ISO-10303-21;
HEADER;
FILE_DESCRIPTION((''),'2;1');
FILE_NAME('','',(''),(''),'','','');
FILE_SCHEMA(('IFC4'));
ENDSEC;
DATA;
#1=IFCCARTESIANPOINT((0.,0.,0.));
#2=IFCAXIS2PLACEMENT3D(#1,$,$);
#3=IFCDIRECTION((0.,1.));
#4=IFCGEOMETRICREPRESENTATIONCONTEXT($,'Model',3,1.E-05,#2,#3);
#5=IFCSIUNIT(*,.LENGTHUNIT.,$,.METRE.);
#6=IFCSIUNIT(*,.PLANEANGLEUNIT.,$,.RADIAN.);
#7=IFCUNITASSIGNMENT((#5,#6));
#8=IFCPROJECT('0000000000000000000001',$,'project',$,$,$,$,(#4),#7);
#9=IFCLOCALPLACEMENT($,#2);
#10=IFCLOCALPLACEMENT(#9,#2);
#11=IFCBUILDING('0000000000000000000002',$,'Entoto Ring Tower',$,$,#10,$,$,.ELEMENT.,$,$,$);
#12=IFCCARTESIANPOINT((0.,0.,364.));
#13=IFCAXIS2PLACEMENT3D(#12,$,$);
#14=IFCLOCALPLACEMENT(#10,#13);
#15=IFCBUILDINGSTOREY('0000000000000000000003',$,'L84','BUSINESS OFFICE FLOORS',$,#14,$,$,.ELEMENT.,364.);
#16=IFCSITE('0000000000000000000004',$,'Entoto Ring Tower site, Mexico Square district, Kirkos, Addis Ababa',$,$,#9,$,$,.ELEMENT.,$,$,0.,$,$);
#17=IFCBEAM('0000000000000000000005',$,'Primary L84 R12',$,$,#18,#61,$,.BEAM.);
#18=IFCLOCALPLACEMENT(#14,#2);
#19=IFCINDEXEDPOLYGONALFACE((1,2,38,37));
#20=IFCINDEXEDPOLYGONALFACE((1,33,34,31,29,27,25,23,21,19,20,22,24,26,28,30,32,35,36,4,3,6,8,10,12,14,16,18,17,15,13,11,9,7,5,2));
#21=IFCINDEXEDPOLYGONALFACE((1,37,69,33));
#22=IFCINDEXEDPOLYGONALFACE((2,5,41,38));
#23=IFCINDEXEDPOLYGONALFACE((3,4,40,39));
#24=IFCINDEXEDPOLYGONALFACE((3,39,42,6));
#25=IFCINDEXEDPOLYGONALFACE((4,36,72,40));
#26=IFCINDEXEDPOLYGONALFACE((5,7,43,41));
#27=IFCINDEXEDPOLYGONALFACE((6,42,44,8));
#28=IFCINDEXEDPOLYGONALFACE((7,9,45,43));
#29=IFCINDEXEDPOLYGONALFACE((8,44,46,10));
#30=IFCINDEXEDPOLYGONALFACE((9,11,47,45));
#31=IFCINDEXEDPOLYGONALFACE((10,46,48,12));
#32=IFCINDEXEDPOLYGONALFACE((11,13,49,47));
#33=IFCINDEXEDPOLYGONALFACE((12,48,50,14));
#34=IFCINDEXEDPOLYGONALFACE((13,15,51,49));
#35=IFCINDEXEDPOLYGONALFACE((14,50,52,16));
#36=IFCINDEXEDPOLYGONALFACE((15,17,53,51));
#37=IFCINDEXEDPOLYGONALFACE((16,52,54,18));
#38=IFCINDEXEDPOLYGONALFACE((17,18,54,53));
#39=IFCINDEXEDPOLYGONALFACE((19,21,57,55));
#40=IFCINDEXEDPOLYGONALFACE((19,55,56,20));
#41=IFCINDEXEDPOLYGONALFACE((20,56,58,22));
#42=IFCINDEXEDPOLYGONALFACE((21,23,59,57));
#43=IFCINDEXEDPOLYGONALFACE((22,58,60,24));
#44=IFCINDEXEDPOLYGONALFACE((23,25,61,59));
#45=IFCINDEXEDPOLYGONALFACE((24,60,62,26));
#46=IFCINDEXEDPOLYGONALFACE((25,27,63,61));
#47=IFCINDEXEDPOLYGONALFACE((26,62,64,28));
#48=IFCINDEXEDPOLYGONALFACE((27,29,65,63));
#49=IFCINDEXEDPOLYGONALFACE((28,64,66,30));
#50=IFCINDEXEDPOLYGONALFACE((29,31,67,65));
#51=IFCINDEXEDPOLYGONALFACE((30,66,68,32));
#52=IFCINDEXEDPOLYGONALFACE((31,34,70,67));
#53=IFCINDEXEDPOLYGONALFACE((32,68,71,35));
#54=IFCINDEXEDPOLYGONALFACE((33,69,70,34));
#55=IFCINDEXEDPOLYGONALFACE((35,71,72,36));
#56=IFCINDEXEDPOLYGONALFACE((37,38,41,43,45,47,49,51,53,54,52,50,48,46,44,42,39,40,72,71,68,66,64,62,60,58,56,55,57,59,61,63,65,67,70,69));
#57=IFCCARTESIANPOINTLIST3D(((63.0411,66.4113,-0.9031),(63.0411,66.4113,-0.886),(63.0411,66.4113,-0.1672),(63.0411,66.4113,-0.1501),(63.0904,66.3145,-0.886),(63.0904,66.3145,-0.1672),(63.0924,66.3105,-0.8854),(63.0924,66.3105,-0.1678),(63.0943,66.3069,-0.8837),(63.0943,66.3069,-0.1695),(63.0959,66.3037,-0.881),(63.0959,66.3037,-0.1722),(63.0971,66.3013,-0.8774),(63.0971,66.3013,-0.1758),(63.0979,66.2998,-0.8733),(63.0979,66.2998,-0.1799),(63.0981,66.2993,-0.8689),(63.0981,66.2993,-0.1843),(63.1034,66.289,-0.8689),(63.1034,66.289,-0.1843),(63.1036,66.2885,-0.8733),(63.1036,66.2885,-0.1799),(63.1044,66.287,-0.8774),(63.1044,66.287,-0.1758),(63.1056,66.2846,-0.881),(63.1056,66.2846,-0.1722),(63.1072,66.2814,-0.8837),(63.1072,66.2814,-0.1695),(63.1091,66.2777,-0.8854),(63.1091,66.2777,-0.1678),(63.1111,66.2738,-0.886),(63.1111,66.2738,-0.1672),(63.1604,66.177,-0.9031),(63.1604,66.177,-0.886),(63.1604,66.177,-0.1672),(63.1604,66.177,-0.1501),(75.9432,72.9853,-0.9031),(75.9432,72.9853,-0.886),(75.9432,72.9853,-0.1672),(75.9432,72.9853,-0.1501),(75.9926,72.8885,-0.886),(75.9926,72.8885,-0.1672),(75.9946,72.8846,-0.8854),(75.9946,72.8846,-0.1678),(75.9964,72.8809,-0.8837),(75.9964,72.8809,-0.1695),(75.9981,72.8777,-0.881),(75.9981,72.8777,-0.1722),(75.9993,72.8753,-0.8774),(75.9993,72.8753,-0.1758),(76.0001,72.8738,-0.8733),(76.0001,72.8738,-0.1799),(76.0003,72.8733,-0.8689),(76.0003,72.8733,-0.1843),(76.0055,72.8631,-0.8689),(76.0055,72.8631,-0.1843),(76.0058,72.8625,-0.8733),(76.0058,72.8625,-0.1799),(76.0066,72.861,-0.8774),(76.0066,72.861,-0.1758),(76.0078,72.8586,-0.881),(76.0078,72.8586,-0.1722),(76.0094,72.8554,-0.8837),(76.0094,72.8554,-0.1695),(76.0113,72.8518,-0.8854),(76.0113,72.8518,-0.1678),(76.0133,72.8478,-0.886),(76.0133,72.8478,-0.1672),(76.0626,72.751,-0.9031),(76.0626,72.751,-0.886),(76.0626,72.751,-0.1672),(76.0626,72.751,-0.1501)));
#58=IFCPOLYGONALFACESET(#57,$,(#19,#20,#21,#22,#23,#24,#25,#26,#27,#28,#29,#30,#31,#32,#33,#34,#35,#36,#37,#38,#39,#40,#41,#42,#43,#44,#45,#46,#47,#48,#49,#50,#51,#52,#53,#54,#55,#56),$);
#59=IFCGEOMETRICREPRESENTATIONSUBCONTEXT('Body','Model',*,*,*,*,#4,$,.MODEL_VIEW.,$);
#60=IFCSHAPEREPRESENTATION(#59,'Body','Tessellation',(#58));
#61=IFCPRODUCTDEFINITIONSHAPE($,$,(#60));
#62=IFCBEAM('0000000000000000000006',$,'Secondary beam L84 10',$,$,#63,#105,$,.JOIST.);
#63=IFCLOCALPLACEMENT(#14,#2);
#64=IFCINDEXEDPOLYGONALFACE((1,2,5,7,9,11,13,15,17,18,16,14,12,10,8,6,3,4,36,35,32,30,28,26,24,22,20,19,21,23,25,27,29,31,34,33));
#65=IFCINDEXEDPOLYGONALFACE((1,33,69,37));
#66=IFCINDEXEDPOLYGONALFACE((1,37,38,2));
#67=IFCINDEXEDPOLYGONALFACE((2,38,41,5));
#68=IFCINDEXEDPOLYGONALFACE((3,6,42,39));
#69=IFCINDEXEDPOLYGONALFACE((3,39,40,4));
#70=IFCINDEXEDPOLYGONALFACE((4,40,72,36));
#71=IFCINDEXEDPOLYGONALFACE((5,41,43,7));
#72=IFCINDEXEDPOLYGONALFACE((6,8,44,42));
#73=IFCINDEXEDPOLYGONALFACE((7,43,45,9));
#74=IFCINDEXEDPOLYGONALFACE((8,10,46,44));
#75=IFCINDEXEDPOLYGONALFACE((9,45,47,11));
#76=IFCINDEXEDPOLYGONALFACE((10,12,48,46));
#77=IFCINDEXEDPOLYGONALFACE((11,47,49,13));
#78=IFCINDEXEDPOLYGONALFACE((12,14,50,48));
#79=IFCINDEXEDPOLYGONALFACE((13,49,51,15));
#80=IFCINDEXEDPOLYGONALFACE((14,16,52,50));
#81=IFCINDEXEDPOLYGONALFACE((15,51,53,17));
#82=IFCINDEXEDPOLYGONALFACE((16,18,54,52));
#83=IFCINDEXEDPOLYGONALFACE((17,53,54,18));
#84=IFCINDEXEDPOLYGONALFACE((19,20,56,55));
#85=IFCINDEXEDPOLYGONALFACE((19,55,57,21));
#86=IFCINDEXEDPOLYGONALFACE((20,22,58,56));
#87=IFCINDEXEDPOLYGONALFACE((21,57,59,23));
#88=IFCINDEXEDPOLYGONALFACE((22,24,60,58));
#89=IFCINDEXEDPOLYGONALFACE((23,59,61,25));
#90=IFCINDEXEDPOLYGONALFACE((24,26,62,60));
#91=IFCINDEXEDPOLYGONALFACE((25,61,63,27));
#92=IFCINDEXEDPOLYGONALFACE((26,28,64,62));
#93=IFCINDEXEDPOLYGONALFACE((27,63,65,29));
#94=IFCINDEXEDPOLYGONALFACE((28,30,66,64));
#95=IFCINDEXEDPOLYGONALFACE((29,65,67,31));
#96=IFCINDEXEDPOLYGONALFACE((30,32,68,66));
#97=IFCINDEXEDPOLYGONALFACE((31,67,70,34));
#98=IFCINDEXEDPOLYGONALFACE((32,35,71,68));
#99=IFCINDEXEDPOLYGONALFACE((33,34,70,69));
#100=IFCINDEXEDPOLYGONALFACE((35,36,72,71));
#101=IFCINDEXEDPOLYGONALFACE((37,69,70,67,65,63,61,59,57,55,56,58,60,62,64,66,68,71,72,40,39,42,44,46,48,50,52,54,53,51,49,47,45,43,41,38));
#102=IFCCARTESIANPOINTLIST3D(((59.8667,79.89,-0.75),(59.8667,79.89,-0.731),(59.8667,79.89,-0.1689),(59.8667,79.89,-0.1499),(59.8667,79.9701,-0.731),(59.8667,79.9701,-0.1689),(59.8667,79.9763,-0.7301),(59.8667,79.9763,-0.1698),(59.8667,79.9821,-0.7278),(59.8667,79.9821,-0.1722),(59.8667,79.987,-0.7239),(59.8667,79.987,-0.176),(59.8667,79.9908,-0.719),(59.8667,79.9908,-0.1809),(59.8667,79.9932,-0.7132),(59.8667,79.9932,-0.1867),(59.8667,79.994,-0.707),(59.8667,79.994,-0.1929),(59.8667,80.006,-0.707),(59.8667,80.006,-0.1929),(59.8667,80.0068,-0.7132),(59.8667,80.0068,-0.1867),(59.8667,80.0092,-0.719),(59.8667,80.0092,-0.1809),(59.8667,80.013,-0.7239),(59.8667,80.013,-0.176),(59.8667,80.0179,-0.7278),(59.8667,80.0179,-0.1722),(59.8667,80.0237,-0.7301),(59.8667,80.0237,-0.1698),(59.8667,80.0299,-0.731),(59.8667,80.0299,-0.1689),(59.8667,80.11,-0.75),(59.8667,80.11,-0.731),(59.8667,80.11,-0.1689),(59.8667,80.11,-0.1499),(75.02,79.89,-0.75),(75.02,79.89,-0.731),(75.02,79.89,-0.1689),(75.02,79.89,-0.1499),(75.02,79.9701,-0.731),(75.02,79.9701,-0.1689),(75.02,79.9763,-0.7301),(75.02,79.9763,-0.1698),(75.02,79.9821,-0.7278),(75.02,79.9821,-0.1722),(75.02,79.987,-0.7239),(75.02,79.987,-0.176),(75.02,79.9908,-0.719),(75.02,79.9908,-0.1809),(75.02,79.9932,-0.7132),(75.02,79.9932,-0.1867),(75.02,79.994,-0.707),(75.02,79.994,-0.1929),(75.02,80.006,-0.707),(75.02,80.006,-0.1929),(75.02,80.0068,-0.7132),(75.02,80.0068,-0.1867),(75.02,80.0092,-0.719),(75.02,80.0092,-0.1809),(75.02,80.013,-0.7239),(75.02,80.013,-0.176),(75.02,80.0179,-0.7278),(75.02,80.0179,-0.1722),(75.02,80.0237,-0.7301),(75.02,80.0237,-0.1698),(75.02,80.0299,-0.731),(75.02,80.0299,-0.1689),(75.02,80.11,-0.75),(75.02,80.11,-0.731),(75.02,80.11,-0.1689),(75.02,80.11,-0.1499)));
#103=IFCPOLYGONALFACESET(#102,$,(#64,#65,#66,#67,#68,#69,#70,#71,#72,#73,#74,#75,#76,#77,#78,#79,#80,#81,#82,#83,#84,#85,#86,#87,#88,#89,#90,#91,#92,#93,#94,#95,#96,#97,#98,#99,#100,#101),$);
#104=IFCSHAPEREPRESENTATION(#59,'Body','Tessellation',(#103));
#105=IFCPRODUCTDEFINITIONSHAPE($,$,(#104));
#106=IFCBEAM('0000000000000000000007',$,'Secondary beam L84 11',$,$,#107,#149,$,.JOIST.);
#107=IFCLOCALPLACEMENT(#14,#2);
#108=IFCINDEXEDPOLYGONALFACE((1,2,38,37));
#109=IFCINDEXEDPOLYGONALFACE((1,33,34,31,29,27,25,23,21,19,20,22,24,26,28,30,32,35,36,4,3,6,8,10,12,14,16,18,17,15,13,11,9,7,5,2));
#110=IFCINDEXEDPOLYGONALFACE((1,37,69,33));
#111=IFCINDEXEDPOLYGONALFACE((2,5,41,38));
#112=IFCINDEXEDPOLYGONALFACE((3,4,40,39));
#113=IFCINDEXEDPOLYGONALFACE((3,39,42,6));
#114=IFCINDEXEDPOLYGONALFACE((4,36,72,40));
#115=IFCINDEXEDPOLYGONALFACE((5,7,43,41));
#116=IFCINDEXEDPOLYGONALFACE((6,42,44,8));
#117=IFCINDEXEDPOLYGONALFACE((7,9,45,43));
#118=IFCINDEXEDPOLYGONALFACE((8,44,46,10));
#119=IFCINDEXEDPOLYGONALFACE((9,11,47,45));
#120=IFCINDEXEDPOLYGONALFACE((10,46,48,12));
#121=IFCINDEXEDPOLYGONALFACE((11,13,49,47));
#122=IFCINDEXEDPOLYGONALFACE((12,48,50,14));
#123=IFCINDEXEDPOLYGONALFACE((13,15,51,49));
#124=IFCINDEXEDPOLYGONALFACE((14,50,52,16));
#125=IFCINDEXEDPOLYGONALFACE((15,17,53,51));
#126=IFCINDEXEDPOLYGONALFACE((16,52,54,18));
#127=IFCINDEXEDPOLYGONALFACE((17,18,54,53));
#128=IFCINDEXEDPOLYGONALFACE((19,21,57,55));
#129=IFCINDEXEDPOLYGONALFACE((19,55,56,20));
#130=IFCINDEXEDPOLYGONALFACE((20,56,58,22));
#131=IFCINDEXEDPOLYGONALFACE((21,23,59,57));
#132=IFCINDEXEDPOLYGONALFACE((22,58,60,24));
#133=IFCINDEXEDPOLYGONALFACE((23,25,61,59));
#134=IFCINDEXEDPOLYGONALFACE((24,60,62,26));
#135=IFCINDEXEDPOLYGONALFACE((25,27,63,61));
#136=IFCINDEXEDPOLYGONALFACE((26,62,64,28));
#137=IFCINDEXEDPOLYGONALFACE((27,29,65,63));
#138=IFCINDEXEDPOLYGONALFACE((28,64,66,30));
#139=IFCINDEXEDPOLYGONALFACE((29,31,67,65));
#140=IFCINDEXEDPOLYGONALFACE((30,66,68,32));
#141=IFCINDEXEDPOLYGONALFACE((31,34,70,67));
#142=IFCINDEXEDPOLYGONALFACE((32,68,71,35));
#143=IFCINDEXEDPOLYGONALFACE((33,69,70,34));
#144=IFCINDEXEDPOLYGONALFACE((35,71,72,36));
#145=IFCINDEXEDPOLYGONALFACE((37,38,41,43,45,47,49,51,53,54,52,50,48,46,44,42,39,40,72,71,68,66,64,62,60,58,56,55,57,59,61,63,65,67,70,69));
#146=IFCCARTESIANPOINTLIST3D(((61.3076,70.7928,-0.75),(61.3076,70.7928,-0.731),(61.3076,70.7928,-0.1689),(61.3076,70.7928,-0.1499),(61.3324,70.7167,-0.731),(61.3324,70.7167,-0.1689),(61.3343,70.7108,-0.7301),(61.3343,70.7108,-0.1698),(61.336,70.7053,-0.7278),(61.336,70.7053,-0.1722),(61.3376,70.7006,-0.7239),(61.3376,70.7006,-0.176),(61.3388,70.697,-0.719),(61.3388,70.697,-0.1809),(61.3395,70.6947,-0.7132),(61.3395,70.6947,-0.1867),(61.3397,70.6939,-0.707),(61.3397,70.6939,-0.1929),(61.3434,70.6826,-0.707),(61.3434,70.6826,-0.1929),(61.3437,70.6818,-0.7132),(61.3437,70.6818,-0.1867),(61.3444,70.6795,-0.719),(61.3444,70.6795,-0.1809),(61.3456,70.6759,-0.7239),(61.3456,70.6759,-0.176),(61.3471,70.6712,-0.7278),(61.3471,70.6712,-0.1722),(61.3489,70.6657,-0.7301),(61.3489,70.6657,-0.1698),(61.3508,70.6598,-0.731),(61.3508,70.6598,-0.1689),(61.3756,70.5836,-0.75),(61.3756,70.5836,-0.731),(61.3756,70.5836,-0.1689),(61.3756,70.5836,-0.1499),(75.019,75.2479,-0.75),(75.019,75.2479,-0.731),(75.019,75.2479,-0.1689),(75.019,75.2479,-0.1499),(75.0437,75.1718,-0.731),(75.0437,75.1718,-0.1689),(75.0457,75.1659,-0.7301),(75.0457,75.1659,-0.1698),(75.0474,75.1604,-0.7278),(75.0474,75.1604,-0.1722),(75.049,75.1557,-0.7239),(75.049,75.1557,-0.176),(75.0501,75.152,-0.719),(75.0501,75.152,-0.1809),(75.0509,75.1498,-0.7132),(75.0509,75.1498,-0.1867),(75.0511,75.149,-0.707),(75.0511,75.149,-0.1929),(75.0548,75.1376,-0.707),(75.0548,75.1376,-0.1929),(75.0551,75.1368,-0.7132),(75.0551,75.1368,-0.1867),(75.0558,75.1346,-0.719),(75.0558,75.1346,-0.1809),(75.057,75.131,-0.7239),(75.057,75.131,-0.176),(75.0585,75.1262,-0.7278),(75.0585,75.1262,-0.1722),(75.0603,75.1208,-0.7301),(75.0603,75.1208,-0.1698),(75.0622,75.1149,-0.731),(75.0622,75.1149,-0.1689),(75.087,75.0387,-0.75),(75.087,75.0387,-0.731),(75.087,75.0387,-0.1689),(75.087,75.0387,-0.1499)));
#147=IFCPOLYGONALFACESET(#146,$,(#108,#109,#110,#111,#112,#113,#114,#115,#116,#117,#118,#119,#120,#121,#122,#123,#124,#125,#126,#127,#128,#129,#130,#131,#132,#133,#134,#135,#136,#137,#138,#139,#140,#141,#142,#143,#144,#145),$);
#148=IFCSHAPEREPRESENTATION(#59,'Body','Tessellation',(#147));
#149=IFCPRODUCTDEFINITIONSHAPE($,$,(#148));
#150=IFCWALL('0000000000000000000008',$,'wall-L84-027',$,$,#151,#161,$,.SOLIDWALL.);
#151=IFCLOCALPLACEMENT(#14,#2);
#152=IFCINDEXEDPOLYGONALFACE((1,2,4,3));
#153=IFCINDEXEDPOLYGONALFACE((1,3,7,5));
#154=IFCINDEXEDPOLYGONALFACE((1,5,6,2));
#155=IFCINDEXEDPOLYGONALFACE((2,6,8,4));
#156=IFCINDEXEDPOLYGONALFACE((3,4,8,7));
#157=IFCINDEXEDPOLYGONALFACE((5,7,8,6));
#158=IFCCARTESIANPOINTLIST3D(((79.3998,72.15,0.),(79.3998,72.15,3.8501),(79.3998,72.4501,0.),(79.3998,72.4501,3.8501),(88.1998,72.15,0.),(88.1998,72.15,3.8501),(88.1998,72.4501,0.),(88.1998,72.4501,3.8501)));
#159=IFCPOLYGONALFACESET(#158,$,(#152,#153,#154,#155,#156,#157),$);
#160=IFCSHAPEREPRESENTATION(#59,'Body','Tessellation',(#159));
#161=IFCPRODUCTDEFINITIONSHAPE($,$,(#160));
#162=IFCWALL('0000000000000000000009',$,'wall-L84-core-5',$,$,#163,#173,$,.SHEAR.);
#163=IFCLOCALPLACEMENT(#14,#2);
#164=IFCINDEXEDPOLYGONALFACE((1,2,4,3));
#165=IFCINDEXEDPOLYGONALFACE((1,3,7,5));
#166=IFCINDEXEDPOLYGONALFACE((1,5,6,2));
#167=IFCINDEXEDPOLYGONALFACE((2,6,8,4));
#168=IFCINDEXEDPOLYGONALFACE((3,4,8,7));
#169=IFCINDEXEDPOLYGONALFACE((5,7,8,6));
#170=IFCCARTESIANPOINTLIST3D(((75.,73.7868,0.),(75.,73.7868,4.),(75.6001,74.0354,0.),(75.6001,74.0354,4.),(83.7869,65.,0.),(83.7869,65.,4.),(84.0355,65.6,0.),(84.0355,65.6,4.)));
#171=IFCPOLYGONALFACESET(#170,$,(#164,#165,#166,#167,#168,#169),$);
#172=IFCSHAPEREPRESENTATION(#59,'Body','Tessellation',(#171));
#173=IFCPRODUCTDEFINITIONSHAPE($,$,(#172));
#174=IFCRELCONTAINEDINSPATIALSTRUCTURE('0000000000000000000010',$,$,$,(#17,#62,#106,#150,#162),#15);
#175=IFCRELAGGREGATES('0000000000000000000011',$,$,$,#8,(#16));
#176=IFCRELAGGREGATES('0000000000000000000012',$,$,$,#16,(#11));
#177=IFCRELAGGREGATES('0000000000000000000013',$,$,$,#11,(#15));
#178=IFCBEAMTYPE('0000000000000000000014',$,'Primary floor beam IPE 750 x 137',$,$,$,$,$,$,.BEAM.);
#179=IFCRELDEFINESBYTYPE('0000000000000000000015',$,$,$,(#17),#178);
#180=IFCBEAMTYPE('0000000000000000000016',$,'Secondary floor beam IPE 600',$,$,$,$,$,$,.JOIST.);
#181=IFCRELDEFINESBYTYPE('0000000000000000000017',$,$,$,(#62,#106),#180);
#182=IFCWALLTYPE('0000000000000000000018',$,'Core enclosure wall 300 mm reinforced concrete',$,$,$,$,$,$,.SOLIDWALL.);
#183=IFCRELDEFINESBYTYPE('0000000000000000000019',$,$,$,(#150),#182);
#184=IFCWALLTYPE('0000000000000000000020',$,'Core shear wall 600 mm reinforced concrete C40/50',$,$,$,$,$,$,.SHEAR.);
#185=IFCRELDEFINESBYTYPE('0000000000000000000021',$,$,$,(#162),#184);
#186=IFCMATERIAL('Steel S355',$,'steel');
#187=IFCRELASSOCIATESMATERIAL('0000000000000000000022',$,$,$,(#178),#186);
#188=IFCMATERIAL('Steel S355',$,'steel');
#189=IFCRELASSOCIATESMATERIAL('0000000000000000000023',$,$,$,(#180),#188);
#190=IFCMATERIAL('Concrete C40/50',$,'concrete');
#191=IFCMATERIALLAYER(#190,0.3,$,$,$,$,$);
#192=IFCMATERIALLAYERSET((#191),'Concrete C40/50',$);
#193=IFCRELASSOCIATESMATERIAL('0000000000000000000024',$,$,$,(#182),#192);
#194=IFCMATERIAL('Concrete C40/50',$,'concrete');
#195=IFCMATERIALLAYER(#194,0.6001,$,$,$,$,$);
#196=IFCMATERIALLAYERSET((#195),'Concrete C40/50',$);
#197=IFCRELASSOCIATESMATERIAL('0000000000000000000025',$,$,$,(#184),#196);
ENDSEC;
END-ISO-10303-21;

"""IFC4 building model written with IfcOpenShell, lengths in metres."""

from ifc_helpers import new_model, si_unit, direction, frame, frame_2d, origin, origin_2d, place, context, subcontext, project, spatial, polyline, rectangle, i_section, outline, extrude, material, layer, layer_set, material_profile, profile_set, type_object, element, save


model = new_model("IFC4")

# Units and contexts
model_context = context("Model", 3, precision=1e-05, world=origin(), true_north=direction((0.0, 1.0)))
body_context = subcontext(model_context, "Body", "Model", "MODEL_VIEW")
ifc_project = project(units=[si_unit("LENGTHUNIT", "METRE"), si_unit("PLANEANGLEUNIT", "RADIAN")], contexts=[model_context])

# Site, building, storey
site_placement = place(None, origin())
site = spatial("IfcSite", under=ifc_project, at=site_placement, Name="Entoto Ring Tower site, Mexico Square district, Kirkos, Addis Ababa", CompositionType="ELEMENT", RefElevation=0.0)
building_placement = place(site_placement, origin())
building = spatial("IfcBuilding", under=site, at=building_placement, Name="Entoto Ring Tower", CompositionType="ELEMENT")
storey_placement = place(building_placement, frame((0.0, 0.0, 364.0)))
storey = spatial("IfcBuildingStorey", under=building, at=storey_placement, Name="L84", Description="BUSINESS OFFICE FLOORS", CompositionType="ELEMENT", Elevation=364.0)

# Beams
ifc_material_1 = material(Name="Steel S355", Category="steel")
ifc_material_profile_1 = material_profile(ifc_material_1, i_section(OverallWidth=0.2629, OverallDepth=0.7529, WebThickness=0.0115, FlangeThickness=0.0171, FilletRadius=0.0171, at=origin_2d()), Name="IPE 750 x 137")
ifc_profile_set_1 = profile_set([ifc_material_profile_1], Name="Steel S355")
beam_type_1 = type_object("IfcBeamType", Name="Primary floor beam IPE 750 x 137", PredefinedType="BEAM", material=ifc_profile_set_1)
beam_1_placement = place(storey_placement, frame((76.0029, 72.8682, -0.5266), z_axis=(-0.891006, -0.453992, 0.0), x_axis=(0.453992, -0.891006, 0.0)))
element("IfcBeam", 1, at=beam_1_placement, inside=storey, type_object=beam_type_1, Name="Primary L84 R12", PredefinedType="BEAM", context=body_context, shape_type="SweptSolid", body=[
    extrude(i_section(OverallWidth=0.2629, OverallDepth=0.7529, WebThickness=0.0115, FlangeThickness=0.0171, FilletRadius=0.0171, at=origin_2d()), origin(), (0.0, 0.0, 1.0), 14.4805),
])
ifc_material_2 = material(Name="Steel S355", Category="steel")
ifc_material_profile_2 = material_profile(ifc_material_2, i_section(OverallWidth=0.22, OverallDepth=0.6001, WebThickness=0.012, FlangeThickness=0.019, FilletRadius=0.0239, at=origin_2d()), Name="IPE 600")
ifc_profile_set_2 = profile_set([ifc_material_profile_2], Name="Steel S355")
beam_type_2 = type_object("IfcBeamType", Name="Secondary floor beam IPE 600", PredefinedType="JOIST", material=ifc_profile_set_2)
beam_2_placement = place(storey_placement, frame((75.02, 80.0, -0.45), z_axis=(-1.0, 0.0, 0.0), x_axis=(0.0, -1.0, 0.0)))
element("IfcBeam", 2, at=beam_2_placement, inside=storey, type_object=beam_type_2, Name="Secondary beam L84 10", PredefinedType="JOIST", context=body_context, shape_type="SweptSolid", body=[
    extrude(i_section(OverallWidth=0.22, OverallDepth=0.6001, WebThickness=0.012, FlangeThickness=0.019, FilletRadius=0.0239, at=origin_2d()), origin(), (0.0, 0.0, 1.0), 15.1533),
])
beam_3_placement = place(storey_placement, frame((75.053, 75.1433, -0.45), z_axis=(-0.951057, -0.309015, 0.0), x_axis=(0.309015, -0.951057, 0.0)))
element("IfcBeam", 3, at=beam_3_placement, inside=storey, type_object=beam_type_2, Name="Secondary beam L84 11", PredefinedType="JOIST", context=body_context, shape_type="SweptSolid", body=[
    extrude(i_section(OverallWidth=0.22, OverallDepth=0.6001, WebThickness=0.012, FlangeThickness=0.019, FilletRadius=0.0239, at=origin_2d()), origin(), (0.0, 0.0, 1.0), 14.417),
])

# Walls
ifc_material_3 = material(Name="Concrete C40/50", Category="concrete")
ifc_layer_1 = layer(ifc_material_3, 0.3)
ifc_layer_set_1 = layer_set([ifc_layer_1], Name="Concrete C40/50")
wall_type_1 = type_object("IfcWallType", Name="Core enclosure wall 300 mm reinforced concrete", PredefinedType="SOLIDWALL", material=ifc_layer_set_1)
wall_1_placement = place(storey_placement, frame((79.3999, 72.3, 0.0), z_axis=(0.0, 0.0, 1.0), x_axis=(1.0, 0.0, 0.0)))
element("IfcWall", 4, at=wall_1_placement, inside=storey, type_object=wall_type_1, Name="wall-L84-027", PredefinedType="SOLIDWALL", context=body_context, shape_type="SweptSolid", body=[
    extrude(rectangle(XDim=8.8, YDim=0.3, at=frame_2d((4.3999, 0.0))), origin(), (0.0, 0.0, 1.0), 3.8501),
])
ifc_material_4 = material(Name="Concrete C40/50", Category="concrete")
ifc_layer_2 = layer(ifc_material_4, 0.6001)
ifc_layer_set_2 = layer_set([ifc_layer_2], Name="Concrete C40/50")
wall_type_2 = type_object("IfcWallType", Name="Core shear wall 600 mm reinforced concrete C40/50", PredefinedType="SHEAR", material=ifc_layer_set_2)
wall_2_placement = place(storey_placement, frame((75.3, 73.9111, 0.0), z_axis=(0.0, 0.0, 1.0), x_axis=(0.707107, -0.707107, 0.0)))
element("IfcWall", 5, at=wall_2_placement, inside=storey, type_object=wall_type_2, Name="wall-L84-core-5", PredefinedType="SHEAR", context=body_context, shape_type="SweptSolid", body=[
    extrude(outline(polyline([(-0.1243, -0.3), (12.3022, -0.3), (12.0537, 0.3), (0.1243, 0.3), (-0.1243, -0.3)])), origin(), (0.0, 0.0, 1.0), 4.0),
])

save(model, "model.ifc")
